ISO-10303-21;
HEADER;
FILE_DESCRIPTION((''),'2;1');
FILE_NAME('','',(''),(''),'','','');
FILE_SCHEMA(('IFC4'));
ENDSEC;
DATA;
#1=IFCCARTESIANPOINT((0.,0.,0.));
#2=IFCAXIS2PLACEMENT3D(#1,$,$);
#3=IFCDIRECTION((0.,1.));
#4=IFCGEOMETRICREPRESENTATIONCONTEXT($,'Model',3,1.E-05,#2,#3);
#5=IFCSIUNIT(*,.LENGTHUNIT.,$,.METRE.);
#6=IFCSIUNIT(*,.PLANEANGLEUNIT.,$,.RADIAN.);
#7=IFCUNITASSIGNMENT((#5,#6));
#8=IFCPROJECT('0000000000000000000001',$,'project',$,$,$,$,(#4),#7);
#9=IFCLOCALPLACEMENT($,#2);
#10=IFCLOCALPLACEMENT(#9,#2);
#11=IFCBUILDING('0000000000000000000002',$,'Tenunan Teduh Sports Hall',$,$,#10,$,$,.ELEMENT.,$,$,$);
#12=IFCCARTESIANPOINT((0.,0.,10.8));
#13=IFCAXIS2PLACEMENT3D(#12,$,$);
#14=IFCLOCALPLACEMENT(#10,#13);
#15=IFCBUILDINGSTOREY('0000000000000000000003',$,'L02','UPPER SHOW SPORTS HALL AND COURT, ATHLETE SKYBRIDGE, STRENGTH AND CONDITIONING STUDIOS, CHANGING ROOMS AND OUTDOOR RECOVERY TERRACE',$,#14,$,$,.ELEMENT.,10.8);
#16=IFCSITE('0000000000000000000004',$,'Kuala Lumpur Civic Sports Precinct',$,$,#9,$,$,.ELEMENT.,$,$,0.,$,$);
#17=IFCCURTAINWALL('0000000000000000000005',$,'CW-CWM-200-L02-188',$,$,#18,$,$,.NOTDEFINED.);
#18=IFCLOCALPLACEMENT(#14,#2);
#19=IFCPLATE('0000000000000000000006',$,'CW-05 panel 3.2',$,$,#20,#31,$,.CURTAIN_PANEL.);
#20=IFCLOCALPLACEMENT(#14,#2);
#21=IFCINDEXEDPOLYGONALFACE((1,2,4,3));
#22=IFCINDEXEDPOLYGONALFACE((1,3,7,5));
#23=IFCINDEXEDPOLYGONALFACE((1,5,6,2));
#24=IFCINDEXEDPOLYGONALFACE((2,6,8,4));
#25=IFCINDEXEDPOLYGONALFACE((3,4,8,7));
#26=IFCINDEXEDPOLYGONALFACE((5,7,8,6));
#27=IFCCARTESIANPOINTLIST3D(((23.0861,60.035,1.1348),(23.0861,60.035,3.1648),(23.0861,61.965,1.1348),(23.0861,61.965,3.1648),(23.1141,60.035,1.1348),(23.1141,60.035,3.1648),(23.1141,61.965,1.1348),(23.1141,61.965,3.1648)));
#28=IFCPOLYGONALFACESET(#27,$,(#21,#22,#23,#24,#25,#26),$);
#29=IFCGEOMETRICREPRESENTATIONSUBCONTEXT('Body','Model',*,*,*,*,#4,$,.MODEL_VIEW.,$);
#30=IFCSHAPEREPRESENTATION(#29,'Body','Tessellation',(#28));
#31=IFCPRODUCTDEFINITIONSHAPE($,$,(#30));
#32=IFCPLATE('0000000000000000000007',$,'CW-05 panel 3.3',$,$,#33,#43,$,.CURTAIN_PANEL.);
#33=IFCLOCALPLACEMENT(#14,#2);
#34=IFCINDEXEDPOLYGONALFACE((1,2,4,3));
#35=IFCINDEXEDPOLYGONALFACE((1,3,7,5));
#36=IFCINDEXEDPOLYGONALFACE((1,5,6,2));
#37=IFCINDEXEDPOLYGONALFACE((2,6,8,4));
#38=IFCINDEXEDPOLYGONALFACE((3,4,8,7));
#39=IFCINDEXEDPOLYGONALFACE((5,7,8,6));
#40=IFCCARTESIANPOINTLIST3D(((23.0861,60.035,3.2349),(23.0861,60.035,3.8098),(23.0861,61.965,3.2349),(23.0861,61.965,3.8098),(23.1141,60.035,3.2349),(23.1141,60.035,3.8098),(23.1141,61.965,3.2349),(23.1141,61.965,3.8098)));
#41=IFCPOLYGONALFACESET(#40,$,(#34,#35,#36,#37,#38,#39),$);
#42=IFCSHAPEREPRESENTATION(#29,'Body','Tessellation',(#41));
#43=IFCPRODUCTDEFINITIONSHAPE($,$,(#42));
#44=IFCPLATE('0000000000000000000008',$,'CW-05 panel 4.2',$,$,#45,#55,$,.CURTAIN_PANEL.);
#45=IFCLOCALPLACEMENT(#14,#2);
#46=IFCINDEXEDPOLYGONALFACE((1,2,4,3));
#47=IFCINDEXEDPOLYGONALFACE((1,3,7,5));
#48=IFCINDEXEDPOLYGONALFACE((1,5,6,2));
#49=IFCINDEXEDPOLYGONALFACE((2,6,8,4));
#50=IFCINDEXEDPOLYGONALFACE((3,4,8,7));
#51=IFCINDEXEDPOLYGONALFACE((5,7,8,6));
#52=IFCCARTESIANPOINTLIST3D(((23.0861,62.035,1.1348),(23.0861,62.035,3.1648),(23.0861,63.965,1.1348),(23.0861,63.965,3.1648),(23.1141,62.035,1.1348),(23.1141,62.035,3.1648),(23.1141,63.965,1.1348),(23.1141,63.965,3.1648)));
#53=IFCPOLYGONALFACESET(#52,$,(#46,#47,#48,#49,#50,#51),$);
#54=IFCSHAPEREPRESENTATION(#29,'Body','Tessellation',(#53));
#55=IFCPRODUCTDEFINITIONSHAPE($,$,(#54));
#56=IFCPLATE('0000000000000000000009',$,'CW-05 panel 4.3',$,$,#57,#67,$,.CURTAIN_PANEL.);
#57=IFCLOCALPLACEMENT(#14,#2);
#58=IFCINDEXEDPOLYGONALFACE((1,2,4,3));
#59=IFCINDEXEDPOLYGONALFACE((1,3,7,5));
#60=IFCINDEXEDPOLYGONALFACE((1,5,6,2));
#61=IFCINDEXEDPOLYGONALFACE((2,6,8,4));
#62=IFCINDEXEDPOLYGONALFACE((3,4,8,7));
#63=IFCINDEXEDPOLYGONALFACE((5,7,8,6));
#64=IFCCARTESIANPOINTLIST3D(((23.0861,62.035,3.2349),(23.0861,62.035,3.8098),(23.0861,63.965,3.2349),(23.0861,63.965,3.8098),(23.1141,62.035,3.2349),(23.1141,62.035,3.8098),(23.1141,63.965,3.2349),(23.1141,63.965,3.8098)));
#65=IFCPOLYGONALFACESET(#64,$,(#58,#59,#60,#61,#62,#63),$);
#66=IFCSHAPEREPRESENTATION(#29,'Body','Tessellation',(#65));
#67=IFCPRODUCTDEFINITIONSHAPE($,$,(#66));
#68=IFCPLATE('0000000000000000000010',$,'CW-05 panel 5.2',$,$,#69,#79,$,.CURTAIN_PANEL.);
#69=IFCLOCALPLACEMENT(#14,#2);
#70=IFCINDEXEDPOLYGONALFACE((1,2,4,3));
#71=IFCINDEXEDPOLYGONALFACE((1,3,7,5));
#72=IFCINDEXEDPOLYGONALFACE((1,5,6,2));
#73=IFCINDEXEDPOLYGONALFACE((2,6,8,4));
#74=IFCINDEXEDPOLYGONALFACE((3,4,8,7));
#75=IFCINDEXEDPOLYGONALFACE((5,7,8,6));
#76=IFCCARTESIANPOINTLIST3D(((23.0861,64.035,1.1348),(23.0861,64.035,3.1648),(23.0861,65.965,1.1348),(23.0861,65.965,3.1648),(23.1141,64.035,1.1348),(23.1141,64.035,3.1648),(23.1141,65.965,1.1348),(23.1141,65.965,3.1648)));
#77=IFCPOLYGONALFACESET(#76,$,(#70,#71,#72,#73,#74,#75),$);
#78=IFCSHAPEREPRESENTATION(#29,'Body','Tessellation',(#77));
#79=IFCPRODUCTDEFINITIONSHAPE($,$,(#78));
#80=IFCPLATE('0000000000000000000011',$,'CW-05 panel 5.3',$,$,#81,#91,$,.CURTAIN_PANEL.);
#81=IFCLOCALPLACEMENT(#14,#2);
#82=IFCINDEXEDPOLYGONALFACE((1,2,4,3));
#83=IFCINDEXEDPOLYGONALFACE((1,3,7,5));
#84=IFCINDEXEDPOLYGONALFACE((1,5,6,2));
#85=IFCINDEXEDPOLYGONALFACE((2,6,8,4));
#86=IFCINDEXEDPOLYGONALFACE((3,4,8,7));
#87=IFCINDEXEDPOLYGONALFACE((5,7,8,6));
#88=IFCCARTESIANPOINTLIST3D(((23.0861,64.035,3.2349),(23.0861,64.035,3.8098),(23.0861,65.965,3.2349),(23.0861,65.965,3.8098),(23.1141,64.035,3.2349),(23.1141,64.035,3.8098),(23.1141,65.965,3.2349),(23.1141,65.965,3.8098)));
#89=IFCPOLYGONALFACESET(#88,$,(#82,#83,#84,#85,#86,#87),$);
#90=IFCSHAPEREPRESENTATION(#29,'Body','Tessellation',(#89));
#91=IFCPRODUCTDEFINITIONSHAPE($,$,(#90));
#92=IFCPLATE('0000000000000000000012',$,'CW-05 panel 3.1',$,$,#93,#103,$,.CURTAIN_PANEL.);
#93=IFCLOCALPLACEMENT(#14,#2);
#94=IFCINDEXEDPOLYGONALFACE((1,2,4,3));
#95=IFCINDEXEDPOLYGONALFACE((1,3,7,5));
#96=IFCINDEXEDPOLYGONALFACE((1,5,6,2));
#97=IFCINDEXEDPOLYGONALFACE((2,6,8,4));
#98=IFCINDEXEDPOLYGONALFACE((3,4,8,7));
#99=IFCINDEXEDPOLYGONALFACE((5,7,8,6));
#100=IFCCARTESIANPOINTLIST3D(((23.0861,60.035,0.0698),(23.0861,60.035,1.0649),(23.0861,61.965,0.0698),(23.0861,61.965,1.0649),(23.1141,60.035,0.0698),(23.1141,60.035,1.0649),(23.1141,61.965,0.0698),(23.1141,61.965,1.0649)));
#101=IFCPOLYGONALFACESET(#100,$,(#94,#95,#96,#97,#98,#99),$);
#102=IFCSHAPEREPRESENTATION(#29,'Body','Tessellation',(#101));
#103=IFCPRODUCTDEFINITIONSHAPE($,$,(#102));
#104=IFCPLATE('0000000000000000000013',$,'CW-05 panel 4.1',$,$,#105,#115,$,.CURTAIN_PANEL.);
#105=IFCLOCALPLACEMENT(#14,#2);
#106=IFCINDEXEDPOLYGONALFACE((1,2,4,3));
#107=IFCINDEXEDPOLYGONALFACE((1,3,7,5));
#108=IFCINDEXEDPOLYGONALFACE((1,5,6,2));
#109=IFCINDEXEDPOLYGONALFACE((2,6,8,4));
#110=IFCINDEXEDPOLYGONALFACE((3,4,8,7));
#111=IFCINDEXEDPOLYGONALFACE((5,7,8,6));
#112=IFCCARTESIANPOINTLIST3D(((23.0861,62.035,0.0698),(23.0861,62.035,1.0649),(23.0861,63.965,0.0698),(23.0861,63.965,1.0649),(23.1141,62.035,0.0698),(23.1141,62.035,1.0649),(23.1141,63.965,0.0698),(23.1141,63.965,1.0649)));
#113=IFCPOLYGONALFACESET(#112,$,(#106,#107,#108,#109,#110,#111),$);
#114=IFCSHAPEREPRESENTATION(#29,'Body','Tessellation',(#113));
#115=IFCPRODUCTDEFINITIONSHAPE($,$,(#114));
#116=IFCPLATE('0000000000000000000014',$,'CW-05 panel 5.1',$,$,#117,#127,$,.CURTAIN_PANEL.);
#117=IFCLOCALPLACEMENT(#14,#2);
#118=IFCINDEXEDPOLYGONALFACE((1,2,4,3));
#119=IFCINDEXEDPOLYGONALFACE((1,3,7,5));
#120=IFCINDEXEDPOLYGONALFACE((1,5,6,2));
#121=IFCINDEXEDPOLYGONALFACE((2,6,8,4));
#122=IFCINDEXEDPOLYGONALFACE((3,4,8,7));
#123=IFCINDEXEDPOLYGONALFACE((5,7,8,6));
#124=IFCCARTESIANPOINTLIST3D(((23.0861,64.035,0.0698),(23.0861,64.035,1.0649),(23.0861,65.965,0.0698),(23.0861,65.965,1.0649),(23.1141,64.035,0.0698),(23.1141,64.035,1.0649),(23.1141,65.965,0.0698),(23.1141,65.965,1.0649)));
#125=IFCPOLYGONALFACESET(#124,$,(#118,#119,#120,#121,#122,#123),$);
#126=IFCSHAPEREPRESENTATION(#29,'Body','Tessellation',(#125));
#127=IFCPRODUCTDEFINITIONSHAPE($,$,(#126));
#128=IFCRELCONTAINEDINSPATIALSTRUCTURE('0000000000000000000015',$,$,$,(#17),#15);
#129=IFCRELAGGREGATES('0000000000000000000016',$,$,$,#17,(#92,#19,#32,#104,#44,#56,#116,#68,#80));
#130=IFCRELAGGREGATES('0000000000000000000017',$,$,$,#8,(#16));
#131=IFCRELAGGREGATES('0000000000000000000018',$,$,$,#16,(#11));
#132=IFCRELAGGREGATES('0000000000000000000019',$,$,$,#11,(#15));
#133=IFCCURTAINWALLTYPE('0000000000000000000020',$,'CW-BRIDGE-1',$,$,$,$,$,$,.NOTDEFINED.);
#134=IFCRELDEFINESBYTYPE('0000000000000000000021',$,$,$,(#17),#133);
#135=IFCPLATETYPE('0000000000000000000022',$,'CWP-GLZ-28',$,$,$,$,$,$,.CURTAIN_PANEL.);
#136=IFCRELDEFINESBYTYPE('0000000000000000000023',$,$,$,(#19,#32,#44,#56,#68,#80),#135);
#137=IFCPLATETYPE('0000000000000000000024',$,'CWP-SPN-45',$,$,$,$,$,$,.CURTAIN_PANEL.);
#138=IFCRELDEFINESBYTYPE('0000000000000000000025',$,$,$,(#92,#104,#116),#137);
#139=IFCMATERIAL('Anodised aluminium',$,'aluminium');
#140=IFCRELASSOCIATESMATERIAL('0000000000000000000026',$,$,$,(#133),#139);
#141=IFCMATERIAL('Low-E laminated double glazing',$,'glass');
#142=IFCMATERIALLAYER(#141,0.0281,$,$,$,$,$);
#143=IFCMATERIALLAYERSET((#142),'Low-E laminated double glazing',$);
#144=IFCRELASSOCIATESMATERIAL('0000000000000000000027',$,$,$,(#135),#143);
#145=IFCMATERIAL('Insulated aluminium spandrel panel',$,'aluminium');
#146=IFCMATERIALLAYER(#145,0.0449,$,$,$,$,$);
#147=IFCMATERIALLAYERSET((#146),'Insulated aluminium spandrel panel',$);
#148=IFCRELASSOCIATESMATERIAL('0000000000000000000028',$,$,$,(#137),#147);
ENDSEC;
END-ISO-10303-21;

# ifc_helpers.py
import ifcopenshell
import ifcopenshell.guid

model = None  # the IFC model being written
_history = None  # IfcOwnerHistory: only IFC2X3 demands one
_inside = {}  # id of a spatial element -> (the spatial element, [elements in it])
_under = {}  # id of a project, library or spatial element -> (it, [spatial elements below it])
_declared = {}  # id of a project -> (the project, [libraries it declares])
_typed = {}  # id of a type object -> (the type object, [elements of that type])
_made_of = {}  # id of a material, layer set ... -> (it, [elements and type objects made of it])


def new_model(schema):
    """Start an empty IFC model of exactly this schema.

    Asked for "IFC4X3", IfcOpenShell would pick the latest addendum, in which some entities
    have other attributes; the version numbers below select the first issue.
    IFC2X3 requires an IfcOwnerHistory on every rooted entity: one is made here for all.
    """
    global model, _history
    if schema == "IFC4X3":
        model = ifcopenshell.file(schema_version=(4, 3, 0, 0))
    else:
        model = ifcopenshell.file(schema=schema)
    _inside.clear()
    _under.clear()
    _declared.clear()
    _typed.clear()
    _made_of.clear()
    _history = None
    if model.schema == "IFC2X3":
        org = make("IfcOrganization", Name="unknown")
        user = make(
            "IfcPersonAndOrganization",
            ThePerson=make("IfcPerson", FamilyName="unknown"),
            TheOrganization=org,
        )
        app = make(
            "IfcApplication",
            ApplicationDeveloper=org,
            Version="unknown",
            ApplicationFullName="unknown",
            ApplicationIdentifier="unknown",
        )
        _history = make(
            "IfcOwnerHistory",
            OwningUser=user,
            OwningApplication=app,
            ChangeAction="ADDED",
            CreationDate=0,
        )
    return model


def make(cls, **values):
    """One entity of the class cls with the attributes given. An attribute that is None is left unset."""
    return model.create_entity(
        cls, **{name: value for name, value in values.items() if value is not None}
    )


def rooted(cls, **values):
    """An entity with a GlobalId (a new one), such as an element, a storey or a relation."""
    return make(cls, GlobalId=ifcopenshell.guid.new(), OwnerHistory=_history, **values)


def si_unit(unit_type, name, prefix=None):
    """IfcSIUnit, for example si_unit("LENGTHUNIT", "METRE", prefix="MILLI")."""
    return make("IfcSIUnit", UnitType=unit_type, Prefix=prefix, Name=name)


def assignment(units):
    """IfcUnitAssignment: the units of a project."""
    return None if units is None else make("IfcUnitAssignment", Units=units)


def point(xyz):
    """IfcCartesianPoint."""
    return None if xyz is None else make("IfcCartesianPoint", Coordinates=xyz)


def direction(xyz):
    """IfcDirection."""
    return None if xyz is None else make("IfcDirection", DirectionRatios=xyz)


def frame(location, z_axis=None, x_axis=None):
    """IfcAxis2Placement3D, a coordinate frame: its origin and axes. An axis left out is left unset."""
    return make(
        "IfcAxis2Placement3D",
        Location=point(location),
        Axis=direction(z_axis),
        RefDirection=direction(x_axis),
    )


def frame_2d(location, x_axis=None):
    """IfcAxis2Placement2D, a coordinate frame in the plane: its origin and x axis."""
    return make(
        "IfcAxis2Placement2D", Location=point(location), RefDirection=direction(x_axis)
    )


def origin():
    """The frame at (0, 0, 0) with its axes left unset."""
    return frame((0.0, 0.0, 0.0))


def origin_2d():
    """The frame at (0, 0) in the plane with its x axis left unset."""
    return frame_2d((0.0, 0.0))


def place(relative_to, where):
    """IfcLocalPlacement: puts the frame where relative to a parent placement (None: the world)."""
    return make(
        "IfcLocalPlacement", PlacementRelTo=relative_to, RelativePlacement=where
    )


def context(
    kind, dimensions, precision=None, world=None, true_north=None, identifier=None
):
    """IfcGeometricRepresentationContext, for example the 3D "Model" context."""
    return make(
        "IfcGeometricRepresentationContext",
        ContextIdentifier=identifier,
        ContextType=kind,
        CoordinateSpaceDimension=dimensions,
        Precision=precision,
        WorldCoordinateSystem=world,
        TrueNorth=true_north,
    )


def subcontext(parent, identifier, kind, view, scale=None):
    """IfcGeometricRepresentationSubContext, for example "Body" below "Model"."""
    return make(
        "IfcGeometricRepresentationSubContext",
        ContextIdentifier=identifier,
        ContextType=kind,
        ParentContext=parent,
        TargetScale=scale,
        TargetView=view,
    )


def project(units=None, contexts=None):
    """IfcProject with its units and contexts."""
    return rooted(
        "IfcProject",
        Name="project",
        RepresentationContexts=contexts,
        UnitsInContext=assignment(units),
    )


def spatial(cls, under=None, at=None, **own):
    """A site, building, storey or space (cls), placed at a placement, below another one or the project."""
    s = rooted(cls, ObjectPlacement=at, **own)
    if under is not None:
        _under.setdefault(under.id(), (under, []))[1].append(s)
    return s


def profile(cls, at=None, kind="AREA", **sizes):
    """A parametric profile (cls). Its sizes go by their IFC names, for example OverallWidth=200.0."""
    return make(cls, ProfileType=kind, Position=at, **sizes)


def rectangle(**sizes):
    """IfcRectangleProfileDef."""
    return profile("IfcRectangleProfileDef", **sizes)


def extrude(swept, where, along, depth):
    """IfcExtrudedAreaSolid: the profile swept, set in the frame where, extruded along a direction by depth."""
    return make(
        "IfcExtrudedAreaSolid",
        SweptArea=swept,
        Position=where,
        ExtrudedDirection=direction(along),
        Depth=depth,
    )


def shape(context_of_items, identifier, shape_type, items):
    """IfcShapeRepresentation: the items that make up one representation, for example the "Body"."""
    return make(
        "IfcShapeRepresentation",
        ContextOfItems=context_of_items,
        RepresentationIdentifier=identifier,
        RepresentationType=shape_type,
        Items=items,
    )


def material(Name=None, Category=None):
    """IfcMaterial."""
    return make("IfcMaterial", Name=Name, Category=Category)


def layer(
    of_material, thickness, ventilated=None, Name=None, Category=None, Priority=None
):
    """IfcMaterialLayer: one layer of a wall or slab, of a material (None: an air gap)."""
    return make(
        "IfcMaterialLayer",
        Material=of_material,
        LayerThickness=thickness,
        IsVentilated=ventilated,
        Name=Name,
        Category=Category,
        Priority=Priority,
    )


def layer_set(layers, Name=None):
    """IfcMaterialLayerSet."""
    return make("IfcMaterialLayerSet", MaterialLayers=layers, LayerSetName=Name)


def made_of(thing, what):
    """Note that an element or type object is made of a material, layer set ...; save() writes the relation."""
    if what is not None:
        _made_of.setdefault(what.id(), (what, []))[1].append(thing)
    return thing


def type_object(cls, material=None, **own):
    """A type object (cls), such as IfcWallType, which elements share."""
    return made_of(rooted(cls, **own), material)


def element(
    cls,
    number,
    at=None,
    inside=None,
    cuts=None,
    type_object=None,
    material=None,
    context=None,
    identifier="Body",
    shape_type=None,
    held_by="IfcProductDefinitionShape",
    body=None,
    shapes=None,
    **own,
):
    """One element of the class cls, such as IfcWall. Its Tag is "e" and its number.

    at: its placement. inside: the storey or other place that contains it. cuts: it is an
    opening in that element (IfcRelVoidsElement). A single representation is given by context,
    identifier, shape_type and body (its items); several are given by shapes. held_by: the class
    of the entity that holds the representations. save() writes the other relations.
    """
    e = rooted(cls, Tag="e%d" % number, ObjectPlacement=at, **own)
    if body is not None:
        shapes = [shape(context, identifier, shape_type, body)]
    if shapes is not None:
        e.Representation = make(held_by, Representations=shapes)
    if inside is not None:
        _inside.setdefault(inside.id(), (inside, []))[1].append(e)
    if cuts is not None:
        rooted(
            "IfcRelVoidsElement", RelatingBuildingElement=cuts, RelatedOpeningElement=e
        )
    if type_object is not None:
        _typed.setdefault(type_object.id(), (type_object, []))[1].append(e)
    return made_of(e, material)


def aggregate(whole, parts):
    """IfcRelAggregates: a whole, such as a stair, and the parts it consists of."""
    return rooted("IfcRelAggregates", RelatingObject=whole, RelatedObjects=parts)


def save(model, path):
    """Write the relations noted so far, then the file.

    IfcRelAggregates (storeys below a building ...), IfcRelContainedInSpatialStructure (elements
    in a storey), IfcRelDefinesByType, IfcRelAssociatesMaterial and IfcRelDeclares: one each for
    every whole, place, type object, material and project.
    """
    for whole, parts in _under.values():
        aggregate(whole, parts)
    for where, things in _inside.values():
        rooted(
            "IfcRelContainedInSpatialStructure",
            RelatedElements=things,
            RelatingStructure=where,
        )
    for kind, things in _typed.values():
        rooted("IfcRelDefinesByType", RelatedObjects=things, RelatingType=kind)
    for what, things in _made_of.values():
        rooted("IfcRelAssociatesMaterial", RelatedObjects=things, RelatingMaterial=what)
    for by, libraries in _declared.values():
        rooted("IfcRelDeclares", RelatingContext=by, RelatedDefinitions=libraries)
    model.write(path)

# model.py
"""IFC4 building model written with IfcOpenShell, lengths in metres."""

from ifc_helpers import new_model, si_unit, direction, frame, origin, origin_2d, place, context, subcontext, project, spatial, rectangle, extrude, material, layer, layer_set, type_object, element, aggregate, save


model = new_model("IFC4")

# Units and contexts
model_context = context("Model", 3, precision=1e-05, world=origin(), true_north=direction((0.0, 1.0)))
body_context = subcontext(model_context, "Body", "Model", "MODEL_VIEW")
ifc_project = project(units=[si_unit("LENGTHUNIT", "METRE"), si_unit("PLANEANGLEUNIT", "RADIAN")], contexts=[model_context])

# Site, building, storey
site_placement = place(None, origin())
site = spatial("IfcSite", under=ifc_project, at=site_placement, Name="Kuala Lumpur Civic Sports Precinct", CompositionType="ELEMENT", RefElevation=0.0)
building_placement = place(site_placement, origin())
building = spatial("IfcBuilding", under=site, at=building_placement, Name="Tenunan Teduh Sports Hall", CompositionType="ELEMENT")
storey_placement = place(building_placement, frame((0.0, 0.0, 10.8)))
storey = spatial("IfcBuildingStorey", under=building, at=storey_placement, Name="L02", Description="UPPER SHOW SPORTS HALL AND COURT, ATHLETE SKYBRIDGE, STRENGTH AND CONDITIONING STUDIOS, CHANGING ROOMS AND OUTDOOR RECOVERY TERRACE", CompositionType="ELEMENT", Elevation=10.8)

# Curtain wall, plates
ifc_material_1 = material(Name="Anodised aluminium", Category="aluminium")
curtain_wall_type = type_object("IfcCurtainWallType", Name="CW-BRIDGE-1", PredefinedType="NOTDEFINED", material=ifc_material_1)
curtain_wall_placement = place(storey_placement, origin())
curtain_wall = element("IfcCurtainWall", 1, at=curtain_wall_placement, inside=storey, type_object=curtain_wall_type, Name="CW-CWM-200-L02-188", PredefinedType="NOTDEFINED")
ifc_material_2 = material(Name="Low-E laminated double glazing", Category="glass")
ifc_layer_1 = layer(ifc_material_2, 0.0281)
ifc_layer_set_1 = layer_set([ifc_layer_1], Name="Low-E laminated double glazing")
plate_type_1 = type_object("IfcPlateType", Name="CWP-GLZ-28", PredefinedType="CURTAIN_PANEL", material=ifc_layer_set_1)
plate_1_placement = place(storey_placement, frame((23.1001, 61.0, 1.1348), z_axis=(0.0, 0.0, 1.0), x_axis=(0.0, 1.0, 0.0)))
plate_1 = element("IfcPlate", 2, at=plate_1_placement, type_object=plate_type_1, Name="CW-05 panel 3.2", PredefinedType="CURTAIN_PANEL", context=body_context, shape_type="SweptSolid", body=[
    extrude(rectangle(XDim=1.9299, YDim=0.0281, at=origin_2d()), origin(), (0.0, 0.0, 1.0), 2.03),
])
plate_2_placement = place(storey_placement, frame((23.1001, 61.0, 3.2349), z_axis=(0.0, 0.0, 1.0), x_axis=(0.0, 1.0, 0.0)))
plate_2 = element("IfcPlate", 3, at=plate_2_placement, type_object=plate_type_1, Name="CW-05 panel 3.3", PredefinedType="CURTAIN_PANEL", context=body_context, shape_type="SweptSolid", body=[
    extrude(rectangle(XDim=1.9299, YDim=0.0281, at=origin_2d()), origin(), (0.0, 0.0, 1.0), 0.575),
])
plate_3_placement = place(storey_placement, frame((23.1001, 63.0, 1.1348), z_axis=(0.0, 0.0, 1.0), x_axis=(0.0, 1.0, 0.0)))
plate_3 = element("IfcPlate", 4, at=plate_3_placement, type_object=plate_type_1, Name="CW-05 panel 4.2", PredefinedType="CURTAIN_PANEL", context=body_context, shape_type="SweptSolid", body=[
    extrude(rectangle(XDim=1.9299, YDim=0.0281, at=origin_2d()), origin(), (0.0, 0.0, 1.0), 2.03),
])
plate_4_placement = place(storey_placement, frame((23.1001, 63.0, 3.2349), z_axis=(0.0, 0.0, 1.0), x_axis=(0.0, 1.0, 0.0)))
plate_4 = element("IfcPlate", 5, at=plate_4_placement, type_object=plate_type_1, Name="CW-05 panel 4.3", PredefinedType="CURTAIN_PANEL", context=body_context, shape_type="SweptSolid", body=[
    extrude(rectangle(XDim=1.9299, YDim=0.0281, at=origin_2d()), origin(), (0.0, 0.0, 1.0), 0.575),
])
plate_5_placement = place(storey_placement, frame((23.1001, 65.0, 1.1348), z_axis=(0.0, 0.0, 1.0), x_axis=(0.0, 1.0, 0.0)))
plate_5 = element("IfcPlate", 6, at=plate_5_placement, type_object=plate_type_1, Name="CW-05 panel 5.2", PredefinedType="CURTAIN_PANEL", context=body_context, shape_type="SweptSolid", body=[
    extrude(rectangle(XDim=1.9299, YDim=0.0281, at=origin_2d()), origin(), (0.0, 0.0, 1.0), 2.03),
])
plate_6_placement = place(storey_placement, frame((23.1001, 65.0, 3.2349), z_axis=(0.0, 0.0, 1.0), x_axis=(0.0, 1.0, 0.0)))
plate_6 = element("IfcPlate", 7, at=plate_6_placement, type_object=plate_type_1, Name="CW-05 panel 5.3", PredefinedType="CURTAIN_PANEL", context=body_context, shape_type="SweptSolid", body=[
    extrude(rectangle(XDim=1.9299, YDim=0.0281, at=origin_2d()), origin(), (0.0, 0.0, 1.0), 0.575),
])
ifc_material_3 = material(Name="Insulated aluminium spandrel panel", Category="aluminium")
ifc_layer_2 = layer(ifc_material_3, 0.0449)
ifc_layer_set_2 = layer_set([ifc_layer_2], Name="Insulated aluminium spandrel panel")
plate_type_2 = type_object("IfcPlateType", Name="CWP-SPN-45", PredefinedType="CURTAIN_PANEL", material=ifc_layer_set_2)
plate_7_placement = place(storey_placement, frame((23.1001, 61.0, 0.0698), z_axis=(0.0, 0.0, 1.0), x_axis=(0.0, 1.0, 0.0)))
plate_7 = element("IfcPlate", 8, at=plate_7_placement, type_object=plate_type_2, Name="CW-05 panel 3.1", PredefinedType="CURTAIN_PANEL", context=body_context, shape_type="SweptSolid", body=[
    extrude(rectangle(XDim=1.9299, YDim=0.0281, at=origin_2d()), origin(), (0.0, 0.0, 1.0), 0.9951),
])
plate_8_placement = place(storey_placement, frame((23.1001, 63.0, 0.0698), z_axis=(0.0, 0.0, 1.0), x_axis=(0.0, 1.0, 0.0)))
plate_8 = element("IfcPlate", 9, at=plate_8_placement, type_object=plate_type_2, Name="CW-05 panel 4.1", PredefinedType="CURTAIN_PANEL", context=body_context, shape_type="SweptSolid", body=[
    extrude(rectangle(XDim=1.9299, YDim=0.0281, at=origin_2d()), origin(), (0.0, 0.0, 1.0), 0.9951),
])
plate_9_placement = place(storey_placement, frame((23.1001, 65.0, 0.0698), z_axis=(0.0, 0.0, 1.0), x_axis=(0.0, 1.0, 0.0)))
plate_9 = element("IfcPlate", 10, at=plate_9_placement, type_object=plate_type_2, Name="CW-05 panel 5.1", PredefinedType="CURTAIN_PANEL", context=body_context, shape_type="SweptSolid", body=[
    extrude(rectangle(XDim=1.9299, YDim=0.0281, at=origin_2d()), origin(), (0.0, 0.0, 1.0), 0.9951),
])
aggregate(curtain_wall, [plate_7, plate_1, plate_2, plate_8, plate_3, plate_4, plate_9, plate_5, plate_6])

save(model, "model.ifc")
